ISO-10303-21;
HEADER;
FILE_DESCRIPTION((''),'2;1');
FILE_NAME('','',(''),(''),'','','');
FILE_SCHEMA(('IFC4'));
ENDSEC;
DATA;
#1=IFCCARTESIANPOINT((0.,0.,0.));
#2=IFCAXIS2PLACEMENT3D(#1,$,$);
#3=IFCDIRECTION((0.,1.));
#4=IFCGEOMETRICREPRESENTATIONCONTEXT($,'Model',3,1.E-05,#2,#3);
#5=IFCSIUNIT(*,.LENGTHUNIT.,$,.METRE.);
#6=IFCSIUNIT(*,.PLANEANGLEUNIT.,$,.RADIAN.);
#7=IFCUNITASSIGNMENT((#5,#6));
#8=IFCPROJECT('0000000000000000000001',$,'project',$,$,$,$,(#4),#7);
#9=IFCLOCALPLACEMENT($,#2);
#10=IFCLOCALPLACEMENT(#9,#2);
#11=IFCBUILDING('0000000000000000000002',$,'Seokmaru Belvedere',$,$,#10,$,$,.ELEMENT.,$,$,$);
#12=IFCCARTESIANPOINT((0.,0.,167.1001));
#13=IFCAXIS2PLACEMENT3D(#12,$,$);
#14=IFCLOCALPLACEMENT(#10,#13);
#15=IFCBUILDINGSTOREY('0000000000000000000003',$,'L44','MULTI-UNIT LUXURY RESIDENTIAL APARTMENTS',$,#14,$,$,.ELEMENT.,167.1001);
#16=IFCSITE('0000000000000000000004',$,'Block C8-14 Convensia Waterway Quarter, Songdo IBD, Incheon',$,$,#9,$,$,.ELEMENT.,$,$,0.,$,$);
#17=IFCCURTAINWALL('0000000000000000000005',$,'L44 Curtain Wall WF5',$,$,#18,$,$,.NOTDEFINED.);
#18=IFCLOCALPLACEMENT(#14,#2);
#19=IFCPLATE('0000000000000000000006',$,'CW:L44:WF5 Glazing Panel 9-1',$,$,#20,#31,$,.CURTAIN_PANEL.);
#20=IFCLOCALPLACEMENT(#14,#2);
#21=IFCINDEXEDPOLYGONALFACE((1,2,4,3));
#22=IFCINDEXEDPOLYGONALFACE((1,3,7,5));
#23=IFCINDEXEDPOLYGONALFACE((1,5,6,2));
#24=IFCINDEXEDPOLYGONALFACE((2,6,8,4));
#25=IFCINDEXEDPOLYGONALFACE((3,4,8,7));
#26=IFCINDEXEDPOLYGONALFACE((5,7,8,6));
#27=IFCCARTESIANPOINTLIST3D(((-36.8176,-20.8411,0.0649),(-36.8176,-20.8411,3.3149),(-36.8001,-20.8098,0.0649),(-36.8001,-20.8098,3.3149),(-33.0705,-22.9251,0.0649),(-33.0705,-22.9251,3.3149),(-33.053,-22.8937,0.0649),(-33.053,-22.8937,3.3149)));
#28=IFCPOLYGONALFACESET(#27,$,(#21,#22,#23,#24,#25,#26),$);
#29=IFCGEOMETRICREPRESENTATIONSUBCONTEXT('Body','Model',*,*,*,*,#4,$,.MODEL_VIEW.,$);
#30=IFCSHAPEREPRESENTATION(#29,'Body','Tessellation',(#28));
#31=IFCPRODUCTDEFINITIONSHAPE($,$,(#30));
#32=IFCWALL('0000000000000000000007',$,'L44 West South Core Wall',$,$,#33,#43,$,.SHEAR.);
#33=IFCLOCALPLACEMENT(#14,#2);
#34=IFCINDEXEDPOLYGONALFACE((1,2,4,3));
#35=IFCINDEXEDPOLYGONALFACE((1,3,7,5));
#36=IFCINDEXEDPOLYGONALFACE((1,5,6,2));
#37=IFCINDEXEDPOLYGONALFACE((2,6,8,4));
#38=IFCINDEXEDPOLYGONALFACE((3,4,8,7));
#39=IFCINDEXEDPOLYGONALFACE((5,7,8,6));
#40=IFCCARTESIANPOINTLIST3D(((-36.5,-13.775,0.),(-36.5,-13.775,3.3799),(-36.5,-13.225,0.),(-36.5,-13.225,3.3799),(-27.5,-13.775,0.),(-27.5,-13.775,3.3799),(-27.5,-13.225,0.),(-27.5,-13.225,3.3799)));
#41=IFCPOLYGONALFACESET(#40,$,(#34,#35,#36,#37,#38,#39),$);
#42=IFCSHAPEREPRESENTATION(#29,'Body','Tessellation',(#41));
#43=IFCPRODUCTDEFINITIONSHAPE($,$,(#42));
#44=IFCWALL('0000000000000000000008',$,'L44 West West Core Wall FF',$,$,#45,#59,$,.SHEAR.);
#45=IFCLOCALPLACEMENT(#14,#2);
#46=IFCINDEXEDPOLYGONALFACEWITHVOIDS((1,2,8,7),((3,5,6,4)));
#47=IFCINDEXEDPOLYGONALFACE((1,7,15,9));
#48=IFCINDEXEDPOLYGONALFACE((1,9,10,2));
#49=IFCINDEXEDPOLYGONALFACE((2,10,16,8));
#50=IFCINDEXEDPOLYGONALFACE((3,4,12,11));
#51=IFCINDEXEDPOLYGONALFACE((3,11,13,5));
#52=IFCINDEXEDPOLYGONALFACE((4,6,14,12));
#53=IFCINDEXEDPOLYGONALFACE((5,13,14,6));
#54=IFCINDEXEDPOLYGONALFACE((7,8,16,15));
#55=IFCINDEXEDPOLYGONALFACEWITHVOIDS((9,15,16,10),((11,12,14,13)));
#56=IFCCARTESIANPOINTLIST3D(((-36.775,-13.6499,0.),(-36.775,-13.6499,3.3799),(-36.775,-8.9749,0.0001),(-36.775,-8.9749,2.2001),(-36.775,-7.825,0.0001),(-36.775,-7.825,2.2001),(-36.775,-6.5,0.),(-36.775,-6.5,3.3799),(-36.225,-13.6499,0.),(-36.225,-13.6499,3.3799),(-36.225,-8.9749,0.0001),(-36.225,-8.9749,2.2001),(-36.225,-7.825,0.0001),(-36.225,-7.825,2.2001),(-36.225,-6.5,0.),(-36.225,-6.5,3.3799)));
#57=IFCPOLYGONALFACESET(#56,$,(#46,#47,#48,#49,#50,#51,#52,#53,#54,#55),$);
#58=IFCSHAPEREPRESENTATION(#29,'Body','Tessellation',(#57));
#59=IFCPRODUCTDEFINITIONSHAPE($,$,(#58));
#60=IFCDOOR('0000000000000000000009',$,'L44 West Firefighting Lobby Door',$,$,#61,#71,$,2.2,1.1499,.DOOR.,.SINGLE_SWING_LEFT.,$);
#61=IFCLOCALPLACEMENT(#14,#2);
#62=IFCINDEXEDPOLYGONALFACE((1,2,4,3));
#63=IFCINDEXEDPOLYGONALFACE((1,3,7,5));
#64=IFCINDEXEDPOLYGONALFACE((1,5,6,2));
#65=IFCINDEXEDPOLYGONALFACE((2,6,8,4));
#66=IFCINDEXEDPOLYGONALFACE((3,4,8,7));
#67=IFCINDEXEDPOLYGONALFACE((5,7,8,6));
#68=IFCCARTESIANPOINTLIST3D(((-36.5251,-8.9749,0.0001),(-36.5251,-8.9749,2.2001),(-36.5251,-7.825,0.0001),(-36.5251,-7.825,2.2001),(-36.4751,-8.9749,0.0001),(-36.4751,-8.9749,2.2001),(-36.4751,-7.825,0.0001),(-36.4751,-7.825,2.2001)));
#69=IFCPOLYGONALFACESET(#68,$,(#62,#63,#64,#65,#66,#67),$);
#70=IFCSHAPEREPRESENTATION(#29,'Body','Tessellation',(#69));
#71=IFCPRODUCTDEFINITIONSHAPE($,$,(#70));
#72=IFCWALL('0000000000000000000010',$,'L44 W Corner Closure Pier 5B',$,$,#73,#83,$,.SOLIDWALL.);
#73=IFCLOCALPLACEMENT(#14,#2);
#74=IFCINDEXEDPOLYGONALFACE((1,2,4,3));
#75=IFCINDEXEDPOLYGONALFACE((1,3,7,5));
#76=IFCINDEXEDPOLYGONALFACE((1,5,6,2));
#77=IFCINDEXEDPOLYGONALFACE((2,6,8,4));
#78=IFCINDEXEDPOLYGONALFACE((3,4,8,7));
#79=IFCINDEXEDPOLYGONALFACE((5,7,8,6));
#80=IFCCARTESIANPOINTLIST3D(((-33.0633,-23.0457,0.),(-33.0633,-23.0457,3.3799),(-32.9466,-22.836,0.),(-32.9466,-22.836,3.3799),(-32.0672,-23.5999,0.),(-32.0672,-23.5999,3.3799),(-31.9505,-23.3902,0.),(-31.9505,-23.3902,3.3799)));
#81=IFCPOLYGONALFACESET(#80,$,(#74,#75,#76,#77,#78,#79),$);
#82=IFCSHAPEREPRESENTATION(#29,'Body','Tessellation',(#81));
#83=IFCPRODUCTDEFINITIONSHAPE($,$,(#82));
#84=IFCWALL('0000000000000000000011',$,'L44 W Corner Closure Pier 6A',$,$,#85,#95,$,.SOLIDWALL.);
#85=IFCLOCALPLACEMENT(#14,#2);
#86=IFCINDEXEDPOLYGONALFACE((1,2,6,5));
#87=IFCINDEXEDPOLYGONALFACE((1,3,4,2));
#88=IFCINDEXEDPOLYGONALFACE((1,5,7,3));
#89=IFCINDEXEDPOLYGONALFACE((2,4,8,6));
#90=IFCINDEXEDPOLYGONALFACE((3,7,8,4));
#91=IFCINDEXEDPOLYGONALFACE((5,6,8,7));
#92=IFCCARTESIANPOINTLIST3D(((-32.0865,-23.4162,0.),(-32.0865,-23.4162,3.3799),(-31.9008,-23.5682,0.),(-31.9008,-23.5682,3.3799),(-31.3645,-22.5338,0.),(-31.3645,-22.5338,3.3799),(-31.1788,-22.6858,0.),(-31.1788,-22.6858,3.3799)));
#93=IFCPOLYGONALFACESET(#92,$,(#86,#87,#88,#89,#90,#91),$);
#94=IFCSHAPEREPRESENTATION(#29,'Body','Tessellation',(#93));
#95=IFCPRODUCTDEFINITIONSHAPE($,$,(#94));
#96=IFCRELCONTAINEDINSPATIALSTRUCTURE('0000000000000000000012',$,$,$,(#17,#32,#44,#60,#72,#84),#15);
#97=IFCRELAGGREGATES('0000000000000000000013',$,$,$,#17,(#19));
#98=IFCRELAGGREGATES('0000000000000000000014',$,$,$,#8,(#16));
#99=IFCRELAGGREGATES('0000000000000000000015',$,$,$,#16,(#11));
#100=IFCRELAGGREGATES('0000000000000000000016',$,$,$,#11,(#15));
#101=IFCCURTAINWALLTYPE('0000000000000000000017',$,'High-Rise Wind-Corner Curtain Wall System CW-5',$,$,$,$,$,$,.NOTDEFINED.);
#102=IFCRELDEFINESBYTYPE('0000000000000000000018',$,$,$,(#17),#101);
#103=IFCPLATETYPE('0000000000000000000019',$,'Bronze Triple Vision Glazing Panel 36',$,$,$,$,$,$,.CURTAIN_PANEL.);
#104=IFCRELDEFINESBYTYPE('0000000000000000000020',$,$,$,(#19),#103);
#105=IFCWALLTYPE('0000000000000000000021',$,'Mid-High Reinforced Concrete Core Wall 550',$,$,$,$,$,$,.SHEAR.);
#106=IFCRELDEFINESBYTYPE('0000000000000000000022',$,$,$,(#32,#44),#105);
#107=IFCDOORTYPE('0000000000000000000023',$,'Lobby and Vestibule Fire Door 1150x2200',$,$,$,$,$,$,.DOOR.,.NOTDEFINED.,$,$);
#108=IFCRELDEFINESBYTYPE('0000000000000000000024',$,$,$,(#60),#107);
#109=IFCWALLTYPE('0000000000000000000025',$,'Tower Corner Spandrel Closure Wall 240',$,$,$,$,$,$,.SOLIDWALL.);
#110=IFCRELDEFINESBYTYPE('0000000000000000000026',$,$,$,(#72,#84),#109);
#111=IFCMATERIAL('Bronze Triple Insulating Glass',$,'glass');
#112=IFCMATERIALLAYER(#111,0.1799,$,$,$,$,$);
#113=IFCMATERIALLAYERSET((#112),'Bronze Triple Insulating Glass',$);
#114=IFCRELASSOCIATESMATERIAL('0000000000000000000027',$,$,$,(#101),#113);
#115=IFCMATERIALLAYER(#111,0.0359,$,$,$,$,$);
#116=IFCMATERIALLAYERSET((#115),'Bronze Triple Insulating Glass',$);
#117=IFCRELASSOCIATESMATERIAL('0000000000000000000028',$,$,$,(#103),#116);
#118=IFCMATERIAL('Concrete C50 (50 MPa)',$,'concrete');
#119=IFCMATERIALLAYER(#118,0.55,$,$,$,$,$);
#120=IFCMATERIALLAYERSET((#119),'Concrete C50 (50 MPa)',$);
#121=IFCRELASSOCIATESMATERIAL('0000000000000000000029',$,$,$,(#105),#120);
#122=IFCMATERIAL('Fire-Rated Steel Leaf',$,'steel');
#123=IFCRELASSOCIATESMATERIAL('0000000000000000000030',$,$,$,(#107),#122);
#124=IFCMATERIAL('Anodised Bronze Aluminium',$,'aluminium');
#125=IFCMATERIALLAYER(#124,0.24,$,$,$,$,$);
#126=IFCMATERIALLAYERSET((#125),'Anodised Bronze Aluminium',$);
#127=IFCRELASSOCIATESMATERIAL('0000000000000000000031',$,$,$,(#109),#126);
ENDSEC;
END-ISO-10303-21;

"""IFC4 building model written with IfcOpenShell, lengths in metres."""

from ifc_helpers import new_model, si_unit, direction, frame, frame_2d, origin, origin_2d, place, context, subcontext, project, spatial, rectangle, extrude, source, transform, mapped, material, layer, layer_set, type_object, type_shapes, element, fill, aggregate, save


model = new_model("IFC4")

# Units and contexts
model_context = context("Model", 3, precision=1e-05, world=origin(), true_north=direction((0.0, 1.0)))
body_context = subcontext(model_context, "Body", "Model", "MODEL_VIEW")
ifc_project = project(units=[si_unit("LENGTHUNIT", "METRE"), si_unit("PLANEANGLEUNIT", "RADIAN")], contexts=[model_context])

# Site, building, storey
site_placement = place(None, origin())
site = spatial("IfcSite", under=ifc_project, at=site_placement, Name="Block C8-14 Convensia Waterway Quarter, Songdo IBD, Incheon", CompositionType="ELEMENT", RefElevation=0.0)
building_placement = place(site_placement, origin())
building = spatial("IfcBuilding", under=site, at=building_placement, Name="Seokmaru Belvedere", CompositionType="ELEMENT")
storey_placement = place(building_placement, frame((0.0, 0.0, 167.1001)))
storey = spatial("IfcBuildingStorey", under=building, at=storey_placement, Name="L44", Description="MULTI-UNIT LUXURY RESIDENTIAL APARTMENTS", CompositionType="ELEMENT", Elevation=167.1001)

# Shared definitions
ifc_material_1 = material(Name="Bronze Triple Insulating Glass", Category="glass")
ifc_layer_1 = layer(ifc_material_1, 0.1799)
ifc_layer_set_1 = layer_set([ifc_layer_1], Name="Bronze Triple Insulating Glass")
curtain_wall_type = type_object("IfcCurtainWallType", Name="High-Rise Wind-Corner Curtain Wall System CW-5", PredefinedType="NOTDEFINED", material=ifc_layer_set_1)
ifc_material_2 = material(Name="Anodised Bronze Aluminium", Category="aluminium")

# Curtain wall
curtain_wall_1_placement = place(storey_placement, origin())
curtain_wall_1 = element("IfcCurtainWall", 1, at=curtain_wall_1_placement, inside=storey, type_object=curtain_wall_type, Name="L44 Curtain Wall WF5", PredefinedType="NOTDEFINED")

# Plate
ifc_layer_2 = layer(ifc_material_1, 0.0359)
ifc_layer_set_2 = layer_set([ifc_layer_2], Name="Bronze Triple Insulating Glass")
plate_type = type_object("IfcPlateType", Name="Bronze Triple Vision Glazing Panel 36", PredefinedType="CURTAIN_PANEL", material=ifc_layer_set_2)
shared_shape_1 = source(origin(), body_context, "Body", "SweptSolid", [
    extrude(rectangle(XDim=4.2876, YDim=0.0359, at=origin_2d()), origin(), (0.0, 0.0, 1.0), 3.25),
])
type_shapes(plate_type, [shared_shape_1])
plate_placement = place(storey_placement, frame((-34.9353, -21.8674, 0.0649), z_axis=(0.0, 0.0, 1.0), x_axis=(0.873933, -0.486047, 0.0)))
plate = element("IfcPlate", 2, at=plate_placement, type_object=plate_type, Name="CW:L44:WF5 Glazing Panel 9-1", PredefinedType="CURTAIN_PANEL", context=body_context, shape_type="MappedRepresentation", body=[
    mapped(shared_shape_1, transform((0.0, 0.0, 0.0), scale=1.0)),
])
aggregate(curtain_wall_1, [plate])

# Wall
ifc_material_3 = material(Name="Concrete C50 (50 MPa)", Category="concrete")
ifc_layer_3 = layer(ifc_material_3, 0.55)
ifc_layer_set_3 = layer_set([ifc_layer_3], Name="Concrete C50 (50 MPa)")
wall_type_1 = type_object("IfcWallType", Name="Mid-High Reinforced Concrete Core Wall 550", PredefinedType="SHEAR", material=ifc_layer_set_3)
wall_1_placement = place(storey_placement, frame((-36.5, -13.5, 0.0), z_axis=(0.0, 0.0, 1.0), x_axis=(1.0, 0.0, 0.0)))
element("IfcWall", 3, at=wall_1_placement, inside=storey, type_object=wall_type_1, Name="L44 West South Core Wall", PredefinedType="SHEAR", context=body_context, shape_type="SweptSolid", body=[
    extrude(rectangle(XDim=9.0, YDim=0.55, at=frame_2d((4.5, 0.0))), origin(), (0.0, 0.0, 1.0), 3.3799),
])

# Wall, opening, door
wall_2_placement = place(storey_placement, frame((-36.5, -13.6499, 0.0), z_axis=(0.0, 0.0, 1.0), x_axis=(0.0, 1.0, 0.0)))
wall_2 = element("IfcWall", 4, at=wall_2_placement, inside=storey, type_object=wall_type_1, Name="L44 West West Core Wall FF", PredefinedType="SHEAR", context=body_context, shape_type="SweptSolid", body=[
    extrude(rectangle(XDim=7.1499, YDim=0.55, at=frame_2d((3.575, 0.0))), origin(), (0.0, 0.0, 1.0), 3.3799),
])
opening_placement = place(wall_2_placement, frame((4.675, 0.0, 0.0)))
opening = element("IfcOpeningElement", 5, at=opening_placement, cuts=wall_2, PredefinedType="OPENING", context=body_context, shape_type="SweptSolid", body=[
    extrude(rectangle(XDim=1.1499, YDim=2.2, at=frame_2d((0.575, 1.1001))), frame((0.0, 0.2852, 0.0), z_axis=(0.0, -1.0, 0.0), x_axis=(1.0, 0.0, 0.0)), (0.0, 0.0, 1.0), 0.5701),
])
ifc_material_4 = material(Name="Fire-Rated Steel Leaf", Category="steel")
door_type = type_object("IfcDoorType", Name="Lobby and Vestibule Fire Door 1150x2200", OperationType="NOTDEFINED", PredefinedType="DOOR", material=ifc_material_4)
shared_shape_2 = source(origin(), body_context, "Body", "SweptSolid", [
    extrude(rectangle(XDim=1.1499, YDim=2.2, at=frame_2d((0.575, 1.1001))), frame((0.0, 0.0249, 0.0), z_axis=(0.0, -1.0, 0.0), x_axis=(1.0, 0.0, 0.0)), (0.0, 0.0, 1.0), 0.05),
])
type_shapes(door_type, [shared_shape_2])
door_placement = place(opening_placement, frame((1.1499, 0.0, 0.0), z_axis=(0.0, 0.0, 1.0), x_axis=(-1.0, 0.0, 0.0)))
door = element("IfcDoor", 6, at=door_placement, inside=storey, type_object=door_type, Name="L44 West Firefighting Lobby Door", OperationType="SINGLE_SWING_LEFT", OverallHeight=2.2, OverallWidth=1.1499, PredefinedType="DOOR", context=body_context, shape_type="MappedRepresentation", body=[
    mapped(shared_shape_2, transform((0.0, 0.0, 0.0), scale=1.0)),
])
fill(opening, door)

# Walls
ifc_layer_4 = layer(ifc_material_2, 0.24)
ifc_layer_set_4 = layer_set([ifc_layer_4], Name="Anodised Bronze Aluminium")
wall_type_2 = type_object("IfcWallType", Name="Tower Corner Spandrel Closure Wall 240", PredefinedType="SOLIDWALL", material=ifc_layer_set_4)
wall_3_placement = place(storey_placement, frame((-33.0049, -22.9409, 0.0), z_axis=(0.0, 0.0, 1.0), x_axis=(0.873854, -0.486188, 0.0)))
element("IfcWall", 7, at=wall_3_placement, inside=storey, type_object=wall_type_2, Name="L44 W Corner Closure Pier 5B", PredefinedType="SOLIDWALL", context=body_context, shape_type="SweptSolid", body=[
    extrude(rectangle(XDim=1.1399, YDim=0.24, at=frame_2d((0.5698, 0.0))), origin(), (0.0, 0.0, 1.0), 3.3799),
])
wall_4_placement = place(storey_placement, frame((-31.9937, -23.4922, 0.0), z_axis=(0.0, 0.0, 1.0), x_axis=(0.633249, 0.773948, 0.0)))
element("IfcWall", 8, at=wall_4_placement, inside=storey, type_object=wall_type_2, Name="L44 W Corner Closure Pier 6A", PredefinedType="SOLIDWALL", context=body_context, shape_type="SweptSolid", body=[
    extrude(rectangle(XDim=1.1401, YDim=0.24, at=frame_2d((0.5701, 0.0))), origin(), (0.0, 0.0, 1.0), 3.3799),
])

save(model, "model.ifc")
